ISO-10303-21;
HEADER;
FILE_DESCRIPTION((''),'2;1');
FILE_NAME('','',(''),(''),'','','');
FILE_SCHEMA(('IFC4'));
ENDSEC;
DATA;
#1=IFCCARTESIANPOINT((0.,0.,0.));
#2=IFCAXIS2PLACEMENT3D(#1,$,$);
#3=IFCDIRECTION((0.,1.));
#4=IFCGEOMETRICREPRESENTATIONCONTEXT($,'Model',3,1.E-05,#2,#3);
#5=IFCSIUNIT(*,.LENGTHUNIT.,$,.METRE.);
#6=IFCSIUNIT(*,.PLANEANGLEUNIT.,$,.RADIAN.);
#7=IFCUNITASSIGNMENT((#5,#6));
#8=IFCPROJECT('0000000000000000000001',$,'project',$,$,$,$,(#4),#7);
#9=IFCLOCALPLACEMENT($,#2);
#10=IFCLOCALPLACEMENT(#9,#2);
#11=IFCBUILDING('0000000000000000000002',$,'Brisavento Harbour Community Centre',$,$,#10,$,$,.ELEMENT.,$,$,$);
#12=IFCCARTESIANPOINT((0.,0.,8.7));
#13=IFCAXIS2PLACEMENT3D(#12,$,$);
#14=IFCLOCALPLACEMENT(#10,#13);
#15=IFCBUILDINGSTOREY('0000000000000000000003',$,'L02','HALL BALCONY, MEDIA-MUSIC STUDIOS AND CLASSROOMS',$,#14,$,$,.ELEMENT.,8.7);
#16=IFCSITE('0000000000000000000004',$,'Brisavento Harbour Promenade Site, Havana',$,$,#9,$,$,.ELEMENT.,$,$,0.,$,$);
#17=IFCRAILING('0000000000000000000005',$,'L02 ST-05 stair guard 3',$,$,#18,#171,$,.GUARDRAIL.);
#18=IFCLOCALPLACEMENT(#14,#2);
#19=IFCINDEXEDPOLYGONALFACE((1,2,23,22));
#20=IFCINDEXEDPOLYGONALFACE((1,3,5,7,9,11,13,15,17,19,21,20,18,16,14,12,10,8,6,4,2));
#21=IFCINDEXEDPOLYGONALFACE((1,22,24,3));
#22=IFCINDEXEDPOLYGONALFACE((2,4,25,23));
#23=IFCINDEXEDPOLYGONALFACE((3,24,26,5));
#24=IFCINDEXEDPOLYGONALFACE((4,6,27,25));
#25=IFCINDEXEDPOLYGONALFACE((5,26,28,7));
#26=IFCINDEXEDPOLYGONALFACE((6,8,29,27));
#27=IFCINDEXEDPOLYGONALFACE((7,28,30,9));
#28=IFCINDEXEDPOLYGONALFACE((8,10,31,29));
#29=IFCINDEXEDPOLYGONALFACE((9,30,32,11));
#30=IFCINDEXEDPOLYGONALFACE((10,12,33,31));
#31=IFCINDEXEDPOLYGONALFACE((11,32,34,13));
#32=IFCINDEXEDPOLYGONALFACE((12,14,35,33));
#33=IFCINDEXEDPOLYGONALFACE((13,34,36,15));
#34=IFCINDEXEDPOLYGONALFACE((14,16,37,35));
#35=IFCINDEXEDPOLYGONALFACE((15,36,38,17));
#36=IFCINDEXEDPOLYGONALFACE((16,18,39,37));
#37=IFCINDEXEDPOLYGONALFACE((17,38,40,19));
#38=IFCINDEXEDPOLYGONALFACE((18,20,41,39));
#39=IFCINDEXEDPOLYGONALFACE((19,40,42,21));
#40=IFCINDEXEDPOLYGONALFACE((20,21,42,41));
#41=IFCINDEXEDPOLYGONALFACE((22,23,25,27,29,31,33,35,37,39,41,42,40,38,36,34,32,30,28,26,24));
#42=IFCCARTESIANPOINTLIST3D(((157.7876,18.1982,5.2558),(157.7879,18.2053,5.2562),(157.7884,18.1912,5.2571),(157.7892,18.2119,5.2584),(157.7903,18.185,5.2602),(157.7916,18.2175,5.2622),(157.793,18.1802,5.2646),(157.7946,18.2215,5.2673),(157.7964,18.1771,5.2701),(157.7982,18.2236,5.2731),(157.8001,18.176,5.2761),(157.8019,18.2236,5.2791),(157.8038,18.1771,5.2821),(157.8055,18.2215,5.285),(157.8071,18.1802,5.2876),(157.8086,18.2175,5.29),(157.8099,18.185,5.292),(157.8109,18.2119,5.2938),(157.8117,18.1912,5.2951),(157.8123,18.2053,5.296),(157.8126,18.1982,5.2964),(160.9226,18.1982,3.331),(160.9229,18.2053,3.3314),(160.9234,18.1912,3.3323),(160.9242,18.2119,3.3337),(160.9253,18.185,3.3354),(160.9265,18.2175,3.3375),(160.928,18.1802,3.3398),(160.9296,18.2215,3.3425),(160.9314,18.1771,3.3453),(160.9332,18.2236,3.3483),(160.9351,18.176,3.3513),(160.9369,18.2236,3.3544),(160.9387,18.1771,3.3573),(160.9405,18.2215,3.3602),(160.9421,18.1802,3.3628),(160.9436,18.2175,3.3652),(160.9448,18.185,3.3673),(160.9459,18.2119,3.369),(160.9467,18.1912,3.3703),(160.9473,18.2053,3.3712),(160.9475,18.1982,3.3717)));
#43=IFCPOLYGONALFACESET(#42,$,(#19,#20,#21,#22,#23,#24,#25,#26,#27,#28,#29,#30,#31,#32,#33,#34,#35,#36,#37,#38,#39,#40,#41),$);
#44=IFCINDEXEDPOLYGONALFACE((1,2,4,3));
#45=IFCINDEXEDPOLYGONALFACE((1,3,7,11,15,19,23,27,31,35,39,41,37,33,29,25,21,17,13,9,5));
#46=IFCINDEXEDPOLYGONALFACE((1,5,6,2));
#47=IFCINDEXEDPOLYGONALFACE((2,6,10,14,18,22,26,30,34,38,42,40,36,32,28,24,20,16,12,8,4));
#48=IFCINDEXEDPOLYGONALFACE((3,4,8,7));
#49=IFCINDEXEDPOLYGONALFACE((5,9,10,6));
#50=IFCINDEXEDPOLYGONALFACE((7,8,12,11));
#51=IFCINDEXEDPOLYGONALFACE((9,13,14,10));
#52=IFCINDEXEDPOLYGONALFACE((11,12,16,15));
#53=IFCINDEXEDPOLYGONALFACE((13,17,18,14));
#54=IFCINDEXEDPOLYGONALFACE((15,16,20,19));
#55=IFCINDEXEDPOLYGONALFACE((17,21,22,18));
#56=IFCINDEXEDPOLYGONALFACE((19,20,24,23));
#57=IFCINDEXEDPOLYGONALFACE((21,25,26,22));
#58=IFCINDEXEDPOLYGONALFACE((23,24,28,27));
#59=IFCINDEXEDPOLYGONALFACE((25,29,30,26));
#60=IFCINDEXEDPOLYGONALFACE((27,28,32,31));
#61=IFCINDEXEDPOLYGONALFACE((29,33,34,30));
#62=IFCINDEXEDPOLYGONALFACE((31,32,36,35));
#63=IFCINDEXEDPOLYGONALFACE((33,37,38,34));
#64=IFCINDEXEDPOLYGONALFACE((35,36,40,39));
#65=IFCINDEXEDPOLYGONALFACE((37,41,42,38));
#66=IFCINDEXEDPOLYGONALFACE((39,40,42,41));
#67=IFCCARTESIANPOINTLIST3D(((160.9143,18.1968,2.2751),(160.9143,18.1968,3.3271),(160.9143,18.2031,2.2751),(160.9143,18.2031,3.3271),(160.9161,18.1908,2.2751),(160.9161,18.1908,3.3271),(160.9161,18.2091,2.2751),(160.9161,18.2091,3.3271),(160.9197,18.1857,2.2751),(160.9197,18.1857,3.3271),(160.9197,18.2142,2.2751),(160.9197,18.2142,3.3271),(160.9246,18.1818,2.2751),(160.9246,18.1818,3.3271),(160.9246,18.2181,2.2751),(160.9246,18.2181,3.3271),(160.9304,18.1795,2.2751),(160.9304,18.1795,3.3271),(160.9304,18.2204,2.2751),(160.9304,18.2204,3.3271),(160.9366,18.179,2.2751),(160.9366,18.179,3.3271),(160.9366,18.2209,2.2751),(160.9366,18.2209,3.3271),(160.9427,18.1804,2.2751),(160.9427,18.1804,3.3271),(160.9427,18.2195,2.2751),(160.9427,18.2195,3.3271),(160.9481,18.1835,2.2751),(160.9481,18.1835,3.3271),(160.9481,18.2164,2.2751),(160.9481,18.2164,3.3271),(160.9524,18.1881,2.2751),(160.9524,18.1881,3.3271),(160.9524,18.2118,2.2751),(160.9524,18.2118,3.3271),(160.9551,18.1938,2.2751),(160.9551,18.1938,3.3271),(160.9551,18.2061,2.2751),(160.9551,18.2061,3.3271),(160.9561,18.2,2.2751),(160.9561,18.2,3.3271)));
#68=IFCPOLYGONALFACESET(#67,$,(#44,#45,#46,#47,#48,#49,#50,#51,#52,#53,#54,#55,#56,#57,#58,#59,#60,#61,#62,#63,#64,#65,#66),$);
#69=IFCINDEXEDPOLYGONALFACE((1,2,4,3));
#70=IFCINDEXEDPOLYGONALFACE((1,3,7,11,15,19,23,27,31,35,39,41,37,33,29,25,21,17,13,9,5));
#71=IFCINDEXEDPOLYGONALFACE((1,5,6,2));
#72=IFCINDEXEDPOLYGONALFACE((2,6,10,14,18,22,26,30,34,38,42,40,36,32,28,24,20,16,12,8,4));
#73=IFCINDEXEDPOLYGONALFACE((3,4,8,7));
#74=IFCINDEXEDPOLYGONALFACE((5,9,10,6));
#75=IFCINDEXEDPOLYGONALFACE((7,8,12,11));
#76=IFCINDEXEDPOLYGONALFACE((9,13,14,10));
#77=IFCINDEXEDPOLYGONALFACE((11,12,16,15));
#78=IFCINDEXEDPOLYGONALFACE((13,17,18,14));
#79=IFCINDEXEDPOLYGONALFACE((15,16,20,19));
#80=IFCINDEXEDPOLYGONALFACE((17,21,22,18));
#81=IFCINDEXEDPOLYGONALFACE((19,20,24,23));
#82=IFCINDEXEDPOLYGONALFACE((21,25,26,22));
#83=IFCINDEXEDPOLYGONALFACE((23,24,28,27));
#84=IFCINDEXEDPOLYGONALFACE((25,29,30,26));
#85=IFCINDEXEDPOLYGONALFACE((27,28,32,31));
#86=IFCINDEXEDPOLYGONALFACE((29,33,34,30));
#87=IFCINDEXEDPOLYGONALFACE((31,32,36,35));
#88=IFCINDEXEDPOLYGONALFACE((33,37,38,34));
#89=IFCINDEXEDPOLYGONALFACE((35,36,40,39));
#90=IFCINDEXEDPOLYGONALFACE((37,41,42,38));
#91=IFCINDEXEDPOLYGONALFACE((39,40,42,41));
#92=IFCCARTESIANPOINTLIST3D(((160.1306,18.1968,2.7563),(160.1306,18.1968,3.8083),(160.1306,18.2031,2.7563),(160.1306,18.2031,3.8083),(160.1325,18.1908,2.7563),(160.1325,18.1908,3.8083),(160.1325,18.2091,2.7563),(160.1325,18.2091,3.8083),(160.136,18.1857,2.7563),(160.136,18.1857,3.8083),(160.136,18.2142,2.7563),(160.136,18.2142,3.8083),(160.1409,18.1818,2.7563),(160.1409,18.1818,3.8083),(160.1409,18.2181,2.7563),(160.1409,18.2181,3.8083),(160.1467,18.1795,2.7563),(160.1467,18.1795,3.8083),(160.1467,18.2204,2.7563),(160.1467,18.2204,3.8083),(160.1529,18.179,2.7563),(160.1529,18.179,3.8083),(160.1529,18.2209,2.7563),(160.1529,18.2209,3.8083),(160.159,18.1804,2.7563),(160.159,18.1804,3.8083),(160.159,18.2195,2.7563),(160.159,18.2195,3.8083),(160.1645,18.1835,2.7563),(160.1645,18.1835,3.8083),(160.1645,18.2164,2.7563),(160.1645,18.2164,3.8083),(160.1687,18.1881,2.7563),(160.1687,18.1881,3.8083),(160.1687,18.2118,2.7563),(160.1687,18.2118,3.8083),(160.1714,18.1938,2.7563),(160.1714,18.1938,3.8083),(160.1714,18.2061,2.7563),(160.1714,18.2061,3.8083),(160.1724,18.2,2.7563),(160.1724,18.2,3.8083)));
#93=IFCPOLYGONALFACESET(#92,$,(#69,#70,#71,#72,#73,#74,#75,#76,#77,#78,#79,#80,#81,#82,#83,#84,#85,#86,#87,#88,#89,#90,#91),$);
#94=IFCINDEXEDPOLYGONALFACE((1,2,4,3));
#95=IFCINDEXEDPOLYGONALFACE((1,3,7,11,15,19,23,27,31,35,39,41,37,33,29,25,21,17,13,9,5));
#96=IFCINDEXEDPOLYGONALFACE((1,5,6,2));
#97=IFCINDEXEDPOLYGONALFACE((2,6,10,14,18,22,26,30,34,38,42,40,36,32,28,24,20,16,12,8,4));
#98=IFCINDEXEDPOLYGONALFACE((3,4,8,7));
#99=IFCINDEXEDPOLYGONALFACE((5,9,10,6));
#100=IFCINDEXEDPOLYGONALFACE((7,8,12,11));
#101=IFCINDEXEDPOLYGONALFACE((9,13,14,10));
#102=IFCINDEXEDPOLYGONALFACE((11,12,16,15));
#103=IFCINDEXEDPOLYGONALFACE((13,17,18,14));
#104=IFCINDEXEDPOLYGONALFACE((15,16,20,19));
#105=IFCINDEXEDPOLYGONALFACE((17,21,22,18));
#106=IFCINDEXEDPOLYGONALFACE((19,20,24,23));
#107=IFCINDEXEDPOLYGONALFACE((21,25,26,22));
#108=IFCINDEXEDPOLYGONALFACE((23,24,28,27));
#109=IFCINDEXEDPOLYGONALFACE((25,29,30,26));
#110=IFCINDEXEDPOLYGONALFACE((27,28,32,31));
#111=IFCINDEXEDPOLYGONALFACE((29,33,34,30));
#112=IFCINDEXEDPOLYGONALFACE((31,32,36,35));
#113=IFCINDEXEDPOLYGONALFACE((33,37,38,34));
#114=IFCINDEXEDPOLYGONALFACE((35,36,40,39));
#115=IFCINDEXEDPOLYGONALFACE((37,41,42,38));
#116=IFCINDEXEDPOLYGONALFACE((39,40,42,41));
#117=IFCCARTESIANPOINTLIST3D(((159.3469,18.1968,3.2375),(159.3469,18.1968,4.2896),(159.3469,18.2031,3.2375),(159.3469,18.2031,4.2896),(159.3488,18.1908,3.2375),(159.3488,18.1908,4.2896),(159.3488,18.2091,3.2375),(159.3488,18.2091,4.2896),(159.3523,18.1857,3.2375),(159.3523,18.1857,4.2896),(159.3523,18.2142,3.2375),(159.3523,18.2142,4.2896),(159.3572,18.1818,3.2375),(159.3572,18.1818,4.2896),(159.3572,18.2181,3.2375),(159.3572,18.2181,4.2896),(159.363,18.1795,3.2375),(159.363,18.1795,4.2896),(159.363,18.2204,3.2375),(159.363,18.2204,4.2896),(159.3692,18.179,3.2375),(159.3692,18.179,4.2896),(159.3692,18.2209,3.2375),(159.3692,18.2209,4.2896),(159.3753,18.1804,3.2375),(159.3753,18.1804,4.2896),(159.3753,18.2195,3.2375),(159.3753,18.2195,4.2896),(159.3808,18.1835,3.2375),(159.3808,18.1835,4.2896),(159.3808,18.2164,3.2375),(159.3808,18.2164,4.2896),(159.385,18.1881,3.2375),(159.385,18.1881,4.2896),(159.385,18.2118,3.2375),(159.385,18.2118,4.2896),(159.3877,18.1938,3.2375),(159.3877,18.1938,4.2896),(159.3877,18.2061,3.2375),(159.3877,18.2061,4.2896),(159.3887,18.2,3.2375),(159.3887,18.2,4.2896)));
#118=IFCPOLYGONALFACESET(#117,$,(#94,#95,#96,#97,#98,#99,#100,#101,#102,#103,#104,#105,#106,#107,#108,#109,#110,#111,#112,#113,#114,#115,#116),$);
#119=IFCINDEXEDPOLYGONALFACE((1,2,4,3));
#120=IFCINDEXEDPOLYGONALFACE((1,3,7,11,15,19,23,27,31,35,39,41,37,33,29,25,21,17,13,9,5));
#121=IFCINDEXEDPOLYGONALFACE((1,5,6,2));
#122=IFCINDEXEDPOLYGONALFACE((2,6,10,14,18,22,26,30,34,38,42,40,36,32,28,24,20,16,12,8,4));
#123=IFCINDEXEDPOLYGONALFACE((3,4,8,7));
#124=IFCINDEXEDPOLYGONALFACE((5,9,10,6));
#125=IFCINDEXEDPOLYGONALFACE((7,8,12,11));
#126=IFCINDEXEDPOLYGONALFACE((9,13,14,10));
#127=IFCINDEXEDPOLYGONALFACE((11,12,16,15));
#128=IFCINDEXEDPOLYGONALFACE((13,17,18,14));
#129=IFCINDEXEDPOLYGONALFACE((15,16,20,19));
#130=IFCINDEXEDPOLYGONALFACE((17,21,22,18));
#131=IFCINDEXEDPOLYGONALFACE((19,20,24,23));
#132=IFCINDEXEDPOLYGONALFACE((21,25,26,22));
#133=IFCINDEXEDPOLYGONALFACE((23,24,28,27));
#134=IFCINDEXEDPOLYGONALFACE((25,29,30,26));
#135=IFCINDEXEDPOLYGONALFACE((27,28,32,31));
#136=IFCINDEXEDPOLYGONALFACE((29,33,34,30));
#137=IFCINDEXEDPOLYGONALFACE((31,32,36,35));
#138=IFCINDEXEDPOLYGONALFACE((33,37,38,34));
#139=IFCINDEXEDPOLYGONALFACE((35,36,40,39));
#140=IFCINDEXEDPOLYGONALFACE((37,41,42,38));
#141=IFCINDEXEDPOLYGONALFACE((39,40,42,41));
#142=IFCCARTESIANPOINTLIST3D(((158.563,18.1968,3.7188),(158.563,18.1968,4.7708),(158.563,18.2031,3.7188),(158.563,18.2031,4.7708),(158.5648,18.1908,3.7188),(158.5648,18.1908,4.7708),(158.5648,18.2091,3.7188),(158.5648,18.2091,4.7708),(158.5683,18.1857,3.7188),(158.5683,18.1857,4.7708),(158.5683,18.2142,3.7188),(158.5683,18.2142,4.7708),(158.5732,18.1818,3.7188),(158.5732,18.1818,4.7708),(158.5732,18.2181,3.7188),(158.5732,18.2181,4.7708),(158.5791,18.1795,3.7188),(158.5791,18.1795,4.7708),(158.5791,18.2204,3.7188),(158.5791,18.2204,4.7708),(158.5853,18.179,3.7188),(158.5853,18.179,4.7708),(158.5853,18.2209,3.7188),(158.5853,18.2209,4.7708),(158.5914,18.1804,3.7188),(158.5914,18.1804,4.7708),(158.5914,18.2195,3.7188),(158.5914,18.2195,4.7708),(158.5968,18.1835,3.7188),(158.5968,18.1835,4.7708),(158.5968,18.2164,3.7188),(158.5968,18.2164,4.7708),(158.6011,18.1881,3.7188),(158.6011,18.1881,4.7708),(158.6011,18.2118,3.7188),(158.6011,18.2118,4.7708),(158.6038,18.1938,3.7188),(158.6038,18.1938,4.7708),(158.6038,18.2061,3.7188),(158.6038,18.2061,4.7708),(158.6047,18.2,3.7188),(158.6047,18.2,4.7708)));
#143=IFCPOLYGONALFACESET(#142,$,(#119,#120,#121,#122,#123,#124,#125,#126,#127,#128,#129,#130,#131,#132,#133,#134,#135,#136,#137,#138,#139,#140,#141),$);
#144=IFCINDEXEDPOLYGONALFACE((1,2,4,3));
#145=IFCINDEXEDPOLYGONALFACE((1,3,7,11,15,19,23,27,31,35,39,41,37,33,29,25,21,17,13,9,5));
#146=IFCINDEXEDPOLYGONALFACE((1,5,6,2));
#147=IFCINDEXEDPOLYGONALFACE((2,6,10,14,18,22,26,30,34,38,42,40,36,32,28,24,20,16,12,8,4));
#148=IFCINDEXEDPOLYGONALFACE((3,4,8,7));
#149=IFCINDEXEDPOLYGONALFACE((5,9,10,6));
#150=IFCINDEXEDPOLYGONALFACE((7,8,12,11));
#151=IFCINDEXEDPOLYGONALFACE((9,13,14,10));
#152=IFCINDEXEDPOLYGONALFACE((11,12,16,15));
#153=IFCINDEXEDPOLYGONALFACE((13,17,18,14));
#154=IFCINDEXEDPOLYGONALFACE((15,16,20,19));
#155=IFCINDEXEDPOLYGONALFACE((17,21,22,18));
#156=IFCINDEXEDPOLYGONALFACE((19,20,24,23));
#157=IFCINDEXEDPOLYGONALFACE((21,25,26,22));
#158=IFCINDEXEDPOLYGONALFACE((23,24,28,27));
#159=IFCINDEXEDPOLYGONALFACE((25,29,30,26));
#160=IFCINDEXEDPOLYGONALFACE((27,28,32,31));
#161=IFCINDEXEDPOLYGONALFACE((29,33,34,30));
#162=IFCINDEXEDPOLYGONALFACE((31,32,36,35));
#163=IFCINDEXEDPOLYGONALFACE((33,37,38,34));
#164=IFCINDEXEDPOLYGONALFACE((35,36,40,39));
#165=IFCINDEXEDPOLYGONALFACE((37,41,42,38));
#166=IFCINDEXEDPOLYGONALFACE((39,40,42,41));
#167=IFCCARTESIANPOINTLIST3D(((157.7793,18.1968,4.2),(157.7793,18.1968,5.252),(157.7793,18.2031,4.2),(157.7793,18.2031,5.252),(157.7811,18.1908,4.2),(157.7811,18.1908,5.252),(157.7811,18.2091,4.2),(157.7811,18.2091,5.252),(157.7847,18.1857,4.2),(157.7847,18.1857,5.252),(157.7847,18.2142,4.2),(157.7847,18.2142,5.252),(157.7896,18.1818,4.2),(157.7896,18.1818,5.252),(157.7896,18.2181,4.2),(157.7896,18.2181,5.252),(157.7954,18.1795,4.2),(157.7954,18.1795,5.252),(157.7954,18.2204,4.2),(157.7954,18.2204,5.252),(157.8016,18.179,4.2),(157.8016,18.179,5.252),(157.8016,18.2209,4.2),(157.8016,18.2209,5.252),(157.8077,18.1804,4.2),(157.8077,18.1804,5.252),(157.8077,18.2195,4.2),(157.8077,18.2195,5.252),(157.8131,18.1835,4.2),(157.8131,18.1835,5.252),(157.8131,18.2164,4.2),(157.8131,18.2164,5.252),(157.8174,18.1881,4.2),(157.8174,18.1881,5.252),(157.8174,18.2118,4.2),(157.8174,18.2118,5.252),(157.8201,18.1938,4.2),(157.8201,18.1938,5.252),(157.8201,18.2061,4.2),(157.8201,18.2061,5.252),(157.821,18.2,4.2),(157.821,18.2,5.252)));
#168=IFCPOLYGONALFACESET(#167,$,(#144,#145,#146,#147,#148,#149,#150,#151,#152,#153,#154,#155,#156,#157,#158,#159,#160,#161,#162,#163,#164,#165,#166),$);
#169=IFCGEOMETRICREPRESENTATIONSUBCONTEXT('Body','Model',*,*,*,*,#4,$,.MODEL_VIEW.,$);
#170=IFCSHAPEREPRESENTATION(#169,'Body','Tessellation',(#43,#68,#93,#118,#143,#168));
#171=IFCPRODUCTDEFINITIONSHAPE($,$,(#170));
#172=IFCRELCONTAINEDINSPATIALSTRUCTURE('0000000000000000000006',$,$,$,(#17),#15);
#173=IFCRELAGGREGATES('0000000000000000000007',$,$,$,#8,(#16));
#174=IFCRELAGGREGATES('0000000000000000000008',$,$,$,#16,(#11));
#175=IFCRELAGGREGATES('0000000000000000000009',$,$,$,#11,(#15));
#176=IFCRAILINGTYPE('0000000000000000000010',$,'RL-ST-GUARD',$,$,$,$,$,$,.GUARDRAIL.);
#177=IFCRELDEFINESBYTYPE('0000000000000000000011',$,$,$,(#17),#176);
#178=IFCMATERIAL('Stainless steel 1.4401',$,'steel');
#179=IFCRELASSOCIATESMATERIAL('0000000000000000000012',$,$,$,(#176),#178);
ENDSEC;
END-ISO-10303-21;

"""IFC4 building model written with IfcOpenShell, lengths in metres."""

from ifc_helpers import new_model, si_unit, direction, frame, origin, origin_2d, place, context, subcontext, project, spatial, circle, extrude, material, type_object, element, save


model = new_model("IFC4")

# Units and contexts
model_context = context("Model", 3, precision=1e-05, world=origin(), true_north=direction((0.0, 1.0)))
body_context = subcontext(model_context, "Body", "Model", "MODEL_VIEW")
ifc_project = project(units=[si_unit("LENGTHUNIT", "METRE"), si_unit("PLANEANGLEUNIT", "RADIAN")], contexts=[model_context])

# Site, building, storey
site_placement = place(None, origin())
site = spatial("IfcSite", under=ifc_project, at=site_placement, Name="Brisavento Harbour Promenade Site, Havana", CompositionType="ELEMENT", RefElevation=0.0)
building_placement = place(site_placement, origin())
building = spatial("IfcBuilding", under=site, at=building_placement, Name="Brisavento Harbour Community Centre", CompositionType="ELEMENT")
storey_placement = place(building_placement, frame((0.0, 0.0, 8.7)))
storey = spatial("IfcBuildingStorey", under=building, at=storey_placement, Name="L02", Description="HALL BALCONY, MEDIA-MUSIC STUDIOS AND CLASSROOMS", CompositionType="ELEMENT", Elevation=8.7)

# Railing
ifc_material_1 = material(Name="Stainless steel 1.4401", Category="steel")
railing_type_1 = type_object("IfcRailingType", Name="RL-ST-GUARD", PredefinedType="GUARDRAIL", material=ifc_material_1)
railing_1_placement = place(storey_placement, frame((160.9351, 18.2, 2.2751)))
element("IfcRailing", 1, at=railing_1_placement, inside=storey, type_object=railing_type_1, Name="L02 ST-05 stair guard 3", PredefinedType="GUARDRAIL", context=body_context, shape_type="SweptSolid", body=[
    extrude(circle(Radius=0.0239, at=origin_2d()), frame((0.0, 0.0, 1.0762), z_axis=(-0.852196, 0.0, 0.523223), x_axis=(0.0, -1.0, 0.0)), (0.0, 0.0, 1.0), 3.6787),
    extrude(circle(Radius=0.021, at=origin_2d()), origin(), (0.0, 0.0, 1.0), 1.052),
    extrude(circle(Radius=0.021, at=origin_2d()), frame((-0.7837, 0.0, 0.4812)), (0.0, 0.0, 1.0), 1.052),
    extrude(circle(Radius=0.021, at=origin_2d()), frame((-1.5674, 0.0, 0.9624)), (0.0, 0.0, 1.0), 1.052),
    extrude(circle(Radius=0.021, at=origin_2d()), frame((-2.3513, 0.0, 1.4436)), (0.0, 0.0, 1.0), 1.052),
    extrude(circle(Radius=0.021, at=origin_2d()), frame((-3.135, 0.0, 1.9248)), (0.0, 0.0, 1.0), 1.052),
])

save(model, "model.ifc")
